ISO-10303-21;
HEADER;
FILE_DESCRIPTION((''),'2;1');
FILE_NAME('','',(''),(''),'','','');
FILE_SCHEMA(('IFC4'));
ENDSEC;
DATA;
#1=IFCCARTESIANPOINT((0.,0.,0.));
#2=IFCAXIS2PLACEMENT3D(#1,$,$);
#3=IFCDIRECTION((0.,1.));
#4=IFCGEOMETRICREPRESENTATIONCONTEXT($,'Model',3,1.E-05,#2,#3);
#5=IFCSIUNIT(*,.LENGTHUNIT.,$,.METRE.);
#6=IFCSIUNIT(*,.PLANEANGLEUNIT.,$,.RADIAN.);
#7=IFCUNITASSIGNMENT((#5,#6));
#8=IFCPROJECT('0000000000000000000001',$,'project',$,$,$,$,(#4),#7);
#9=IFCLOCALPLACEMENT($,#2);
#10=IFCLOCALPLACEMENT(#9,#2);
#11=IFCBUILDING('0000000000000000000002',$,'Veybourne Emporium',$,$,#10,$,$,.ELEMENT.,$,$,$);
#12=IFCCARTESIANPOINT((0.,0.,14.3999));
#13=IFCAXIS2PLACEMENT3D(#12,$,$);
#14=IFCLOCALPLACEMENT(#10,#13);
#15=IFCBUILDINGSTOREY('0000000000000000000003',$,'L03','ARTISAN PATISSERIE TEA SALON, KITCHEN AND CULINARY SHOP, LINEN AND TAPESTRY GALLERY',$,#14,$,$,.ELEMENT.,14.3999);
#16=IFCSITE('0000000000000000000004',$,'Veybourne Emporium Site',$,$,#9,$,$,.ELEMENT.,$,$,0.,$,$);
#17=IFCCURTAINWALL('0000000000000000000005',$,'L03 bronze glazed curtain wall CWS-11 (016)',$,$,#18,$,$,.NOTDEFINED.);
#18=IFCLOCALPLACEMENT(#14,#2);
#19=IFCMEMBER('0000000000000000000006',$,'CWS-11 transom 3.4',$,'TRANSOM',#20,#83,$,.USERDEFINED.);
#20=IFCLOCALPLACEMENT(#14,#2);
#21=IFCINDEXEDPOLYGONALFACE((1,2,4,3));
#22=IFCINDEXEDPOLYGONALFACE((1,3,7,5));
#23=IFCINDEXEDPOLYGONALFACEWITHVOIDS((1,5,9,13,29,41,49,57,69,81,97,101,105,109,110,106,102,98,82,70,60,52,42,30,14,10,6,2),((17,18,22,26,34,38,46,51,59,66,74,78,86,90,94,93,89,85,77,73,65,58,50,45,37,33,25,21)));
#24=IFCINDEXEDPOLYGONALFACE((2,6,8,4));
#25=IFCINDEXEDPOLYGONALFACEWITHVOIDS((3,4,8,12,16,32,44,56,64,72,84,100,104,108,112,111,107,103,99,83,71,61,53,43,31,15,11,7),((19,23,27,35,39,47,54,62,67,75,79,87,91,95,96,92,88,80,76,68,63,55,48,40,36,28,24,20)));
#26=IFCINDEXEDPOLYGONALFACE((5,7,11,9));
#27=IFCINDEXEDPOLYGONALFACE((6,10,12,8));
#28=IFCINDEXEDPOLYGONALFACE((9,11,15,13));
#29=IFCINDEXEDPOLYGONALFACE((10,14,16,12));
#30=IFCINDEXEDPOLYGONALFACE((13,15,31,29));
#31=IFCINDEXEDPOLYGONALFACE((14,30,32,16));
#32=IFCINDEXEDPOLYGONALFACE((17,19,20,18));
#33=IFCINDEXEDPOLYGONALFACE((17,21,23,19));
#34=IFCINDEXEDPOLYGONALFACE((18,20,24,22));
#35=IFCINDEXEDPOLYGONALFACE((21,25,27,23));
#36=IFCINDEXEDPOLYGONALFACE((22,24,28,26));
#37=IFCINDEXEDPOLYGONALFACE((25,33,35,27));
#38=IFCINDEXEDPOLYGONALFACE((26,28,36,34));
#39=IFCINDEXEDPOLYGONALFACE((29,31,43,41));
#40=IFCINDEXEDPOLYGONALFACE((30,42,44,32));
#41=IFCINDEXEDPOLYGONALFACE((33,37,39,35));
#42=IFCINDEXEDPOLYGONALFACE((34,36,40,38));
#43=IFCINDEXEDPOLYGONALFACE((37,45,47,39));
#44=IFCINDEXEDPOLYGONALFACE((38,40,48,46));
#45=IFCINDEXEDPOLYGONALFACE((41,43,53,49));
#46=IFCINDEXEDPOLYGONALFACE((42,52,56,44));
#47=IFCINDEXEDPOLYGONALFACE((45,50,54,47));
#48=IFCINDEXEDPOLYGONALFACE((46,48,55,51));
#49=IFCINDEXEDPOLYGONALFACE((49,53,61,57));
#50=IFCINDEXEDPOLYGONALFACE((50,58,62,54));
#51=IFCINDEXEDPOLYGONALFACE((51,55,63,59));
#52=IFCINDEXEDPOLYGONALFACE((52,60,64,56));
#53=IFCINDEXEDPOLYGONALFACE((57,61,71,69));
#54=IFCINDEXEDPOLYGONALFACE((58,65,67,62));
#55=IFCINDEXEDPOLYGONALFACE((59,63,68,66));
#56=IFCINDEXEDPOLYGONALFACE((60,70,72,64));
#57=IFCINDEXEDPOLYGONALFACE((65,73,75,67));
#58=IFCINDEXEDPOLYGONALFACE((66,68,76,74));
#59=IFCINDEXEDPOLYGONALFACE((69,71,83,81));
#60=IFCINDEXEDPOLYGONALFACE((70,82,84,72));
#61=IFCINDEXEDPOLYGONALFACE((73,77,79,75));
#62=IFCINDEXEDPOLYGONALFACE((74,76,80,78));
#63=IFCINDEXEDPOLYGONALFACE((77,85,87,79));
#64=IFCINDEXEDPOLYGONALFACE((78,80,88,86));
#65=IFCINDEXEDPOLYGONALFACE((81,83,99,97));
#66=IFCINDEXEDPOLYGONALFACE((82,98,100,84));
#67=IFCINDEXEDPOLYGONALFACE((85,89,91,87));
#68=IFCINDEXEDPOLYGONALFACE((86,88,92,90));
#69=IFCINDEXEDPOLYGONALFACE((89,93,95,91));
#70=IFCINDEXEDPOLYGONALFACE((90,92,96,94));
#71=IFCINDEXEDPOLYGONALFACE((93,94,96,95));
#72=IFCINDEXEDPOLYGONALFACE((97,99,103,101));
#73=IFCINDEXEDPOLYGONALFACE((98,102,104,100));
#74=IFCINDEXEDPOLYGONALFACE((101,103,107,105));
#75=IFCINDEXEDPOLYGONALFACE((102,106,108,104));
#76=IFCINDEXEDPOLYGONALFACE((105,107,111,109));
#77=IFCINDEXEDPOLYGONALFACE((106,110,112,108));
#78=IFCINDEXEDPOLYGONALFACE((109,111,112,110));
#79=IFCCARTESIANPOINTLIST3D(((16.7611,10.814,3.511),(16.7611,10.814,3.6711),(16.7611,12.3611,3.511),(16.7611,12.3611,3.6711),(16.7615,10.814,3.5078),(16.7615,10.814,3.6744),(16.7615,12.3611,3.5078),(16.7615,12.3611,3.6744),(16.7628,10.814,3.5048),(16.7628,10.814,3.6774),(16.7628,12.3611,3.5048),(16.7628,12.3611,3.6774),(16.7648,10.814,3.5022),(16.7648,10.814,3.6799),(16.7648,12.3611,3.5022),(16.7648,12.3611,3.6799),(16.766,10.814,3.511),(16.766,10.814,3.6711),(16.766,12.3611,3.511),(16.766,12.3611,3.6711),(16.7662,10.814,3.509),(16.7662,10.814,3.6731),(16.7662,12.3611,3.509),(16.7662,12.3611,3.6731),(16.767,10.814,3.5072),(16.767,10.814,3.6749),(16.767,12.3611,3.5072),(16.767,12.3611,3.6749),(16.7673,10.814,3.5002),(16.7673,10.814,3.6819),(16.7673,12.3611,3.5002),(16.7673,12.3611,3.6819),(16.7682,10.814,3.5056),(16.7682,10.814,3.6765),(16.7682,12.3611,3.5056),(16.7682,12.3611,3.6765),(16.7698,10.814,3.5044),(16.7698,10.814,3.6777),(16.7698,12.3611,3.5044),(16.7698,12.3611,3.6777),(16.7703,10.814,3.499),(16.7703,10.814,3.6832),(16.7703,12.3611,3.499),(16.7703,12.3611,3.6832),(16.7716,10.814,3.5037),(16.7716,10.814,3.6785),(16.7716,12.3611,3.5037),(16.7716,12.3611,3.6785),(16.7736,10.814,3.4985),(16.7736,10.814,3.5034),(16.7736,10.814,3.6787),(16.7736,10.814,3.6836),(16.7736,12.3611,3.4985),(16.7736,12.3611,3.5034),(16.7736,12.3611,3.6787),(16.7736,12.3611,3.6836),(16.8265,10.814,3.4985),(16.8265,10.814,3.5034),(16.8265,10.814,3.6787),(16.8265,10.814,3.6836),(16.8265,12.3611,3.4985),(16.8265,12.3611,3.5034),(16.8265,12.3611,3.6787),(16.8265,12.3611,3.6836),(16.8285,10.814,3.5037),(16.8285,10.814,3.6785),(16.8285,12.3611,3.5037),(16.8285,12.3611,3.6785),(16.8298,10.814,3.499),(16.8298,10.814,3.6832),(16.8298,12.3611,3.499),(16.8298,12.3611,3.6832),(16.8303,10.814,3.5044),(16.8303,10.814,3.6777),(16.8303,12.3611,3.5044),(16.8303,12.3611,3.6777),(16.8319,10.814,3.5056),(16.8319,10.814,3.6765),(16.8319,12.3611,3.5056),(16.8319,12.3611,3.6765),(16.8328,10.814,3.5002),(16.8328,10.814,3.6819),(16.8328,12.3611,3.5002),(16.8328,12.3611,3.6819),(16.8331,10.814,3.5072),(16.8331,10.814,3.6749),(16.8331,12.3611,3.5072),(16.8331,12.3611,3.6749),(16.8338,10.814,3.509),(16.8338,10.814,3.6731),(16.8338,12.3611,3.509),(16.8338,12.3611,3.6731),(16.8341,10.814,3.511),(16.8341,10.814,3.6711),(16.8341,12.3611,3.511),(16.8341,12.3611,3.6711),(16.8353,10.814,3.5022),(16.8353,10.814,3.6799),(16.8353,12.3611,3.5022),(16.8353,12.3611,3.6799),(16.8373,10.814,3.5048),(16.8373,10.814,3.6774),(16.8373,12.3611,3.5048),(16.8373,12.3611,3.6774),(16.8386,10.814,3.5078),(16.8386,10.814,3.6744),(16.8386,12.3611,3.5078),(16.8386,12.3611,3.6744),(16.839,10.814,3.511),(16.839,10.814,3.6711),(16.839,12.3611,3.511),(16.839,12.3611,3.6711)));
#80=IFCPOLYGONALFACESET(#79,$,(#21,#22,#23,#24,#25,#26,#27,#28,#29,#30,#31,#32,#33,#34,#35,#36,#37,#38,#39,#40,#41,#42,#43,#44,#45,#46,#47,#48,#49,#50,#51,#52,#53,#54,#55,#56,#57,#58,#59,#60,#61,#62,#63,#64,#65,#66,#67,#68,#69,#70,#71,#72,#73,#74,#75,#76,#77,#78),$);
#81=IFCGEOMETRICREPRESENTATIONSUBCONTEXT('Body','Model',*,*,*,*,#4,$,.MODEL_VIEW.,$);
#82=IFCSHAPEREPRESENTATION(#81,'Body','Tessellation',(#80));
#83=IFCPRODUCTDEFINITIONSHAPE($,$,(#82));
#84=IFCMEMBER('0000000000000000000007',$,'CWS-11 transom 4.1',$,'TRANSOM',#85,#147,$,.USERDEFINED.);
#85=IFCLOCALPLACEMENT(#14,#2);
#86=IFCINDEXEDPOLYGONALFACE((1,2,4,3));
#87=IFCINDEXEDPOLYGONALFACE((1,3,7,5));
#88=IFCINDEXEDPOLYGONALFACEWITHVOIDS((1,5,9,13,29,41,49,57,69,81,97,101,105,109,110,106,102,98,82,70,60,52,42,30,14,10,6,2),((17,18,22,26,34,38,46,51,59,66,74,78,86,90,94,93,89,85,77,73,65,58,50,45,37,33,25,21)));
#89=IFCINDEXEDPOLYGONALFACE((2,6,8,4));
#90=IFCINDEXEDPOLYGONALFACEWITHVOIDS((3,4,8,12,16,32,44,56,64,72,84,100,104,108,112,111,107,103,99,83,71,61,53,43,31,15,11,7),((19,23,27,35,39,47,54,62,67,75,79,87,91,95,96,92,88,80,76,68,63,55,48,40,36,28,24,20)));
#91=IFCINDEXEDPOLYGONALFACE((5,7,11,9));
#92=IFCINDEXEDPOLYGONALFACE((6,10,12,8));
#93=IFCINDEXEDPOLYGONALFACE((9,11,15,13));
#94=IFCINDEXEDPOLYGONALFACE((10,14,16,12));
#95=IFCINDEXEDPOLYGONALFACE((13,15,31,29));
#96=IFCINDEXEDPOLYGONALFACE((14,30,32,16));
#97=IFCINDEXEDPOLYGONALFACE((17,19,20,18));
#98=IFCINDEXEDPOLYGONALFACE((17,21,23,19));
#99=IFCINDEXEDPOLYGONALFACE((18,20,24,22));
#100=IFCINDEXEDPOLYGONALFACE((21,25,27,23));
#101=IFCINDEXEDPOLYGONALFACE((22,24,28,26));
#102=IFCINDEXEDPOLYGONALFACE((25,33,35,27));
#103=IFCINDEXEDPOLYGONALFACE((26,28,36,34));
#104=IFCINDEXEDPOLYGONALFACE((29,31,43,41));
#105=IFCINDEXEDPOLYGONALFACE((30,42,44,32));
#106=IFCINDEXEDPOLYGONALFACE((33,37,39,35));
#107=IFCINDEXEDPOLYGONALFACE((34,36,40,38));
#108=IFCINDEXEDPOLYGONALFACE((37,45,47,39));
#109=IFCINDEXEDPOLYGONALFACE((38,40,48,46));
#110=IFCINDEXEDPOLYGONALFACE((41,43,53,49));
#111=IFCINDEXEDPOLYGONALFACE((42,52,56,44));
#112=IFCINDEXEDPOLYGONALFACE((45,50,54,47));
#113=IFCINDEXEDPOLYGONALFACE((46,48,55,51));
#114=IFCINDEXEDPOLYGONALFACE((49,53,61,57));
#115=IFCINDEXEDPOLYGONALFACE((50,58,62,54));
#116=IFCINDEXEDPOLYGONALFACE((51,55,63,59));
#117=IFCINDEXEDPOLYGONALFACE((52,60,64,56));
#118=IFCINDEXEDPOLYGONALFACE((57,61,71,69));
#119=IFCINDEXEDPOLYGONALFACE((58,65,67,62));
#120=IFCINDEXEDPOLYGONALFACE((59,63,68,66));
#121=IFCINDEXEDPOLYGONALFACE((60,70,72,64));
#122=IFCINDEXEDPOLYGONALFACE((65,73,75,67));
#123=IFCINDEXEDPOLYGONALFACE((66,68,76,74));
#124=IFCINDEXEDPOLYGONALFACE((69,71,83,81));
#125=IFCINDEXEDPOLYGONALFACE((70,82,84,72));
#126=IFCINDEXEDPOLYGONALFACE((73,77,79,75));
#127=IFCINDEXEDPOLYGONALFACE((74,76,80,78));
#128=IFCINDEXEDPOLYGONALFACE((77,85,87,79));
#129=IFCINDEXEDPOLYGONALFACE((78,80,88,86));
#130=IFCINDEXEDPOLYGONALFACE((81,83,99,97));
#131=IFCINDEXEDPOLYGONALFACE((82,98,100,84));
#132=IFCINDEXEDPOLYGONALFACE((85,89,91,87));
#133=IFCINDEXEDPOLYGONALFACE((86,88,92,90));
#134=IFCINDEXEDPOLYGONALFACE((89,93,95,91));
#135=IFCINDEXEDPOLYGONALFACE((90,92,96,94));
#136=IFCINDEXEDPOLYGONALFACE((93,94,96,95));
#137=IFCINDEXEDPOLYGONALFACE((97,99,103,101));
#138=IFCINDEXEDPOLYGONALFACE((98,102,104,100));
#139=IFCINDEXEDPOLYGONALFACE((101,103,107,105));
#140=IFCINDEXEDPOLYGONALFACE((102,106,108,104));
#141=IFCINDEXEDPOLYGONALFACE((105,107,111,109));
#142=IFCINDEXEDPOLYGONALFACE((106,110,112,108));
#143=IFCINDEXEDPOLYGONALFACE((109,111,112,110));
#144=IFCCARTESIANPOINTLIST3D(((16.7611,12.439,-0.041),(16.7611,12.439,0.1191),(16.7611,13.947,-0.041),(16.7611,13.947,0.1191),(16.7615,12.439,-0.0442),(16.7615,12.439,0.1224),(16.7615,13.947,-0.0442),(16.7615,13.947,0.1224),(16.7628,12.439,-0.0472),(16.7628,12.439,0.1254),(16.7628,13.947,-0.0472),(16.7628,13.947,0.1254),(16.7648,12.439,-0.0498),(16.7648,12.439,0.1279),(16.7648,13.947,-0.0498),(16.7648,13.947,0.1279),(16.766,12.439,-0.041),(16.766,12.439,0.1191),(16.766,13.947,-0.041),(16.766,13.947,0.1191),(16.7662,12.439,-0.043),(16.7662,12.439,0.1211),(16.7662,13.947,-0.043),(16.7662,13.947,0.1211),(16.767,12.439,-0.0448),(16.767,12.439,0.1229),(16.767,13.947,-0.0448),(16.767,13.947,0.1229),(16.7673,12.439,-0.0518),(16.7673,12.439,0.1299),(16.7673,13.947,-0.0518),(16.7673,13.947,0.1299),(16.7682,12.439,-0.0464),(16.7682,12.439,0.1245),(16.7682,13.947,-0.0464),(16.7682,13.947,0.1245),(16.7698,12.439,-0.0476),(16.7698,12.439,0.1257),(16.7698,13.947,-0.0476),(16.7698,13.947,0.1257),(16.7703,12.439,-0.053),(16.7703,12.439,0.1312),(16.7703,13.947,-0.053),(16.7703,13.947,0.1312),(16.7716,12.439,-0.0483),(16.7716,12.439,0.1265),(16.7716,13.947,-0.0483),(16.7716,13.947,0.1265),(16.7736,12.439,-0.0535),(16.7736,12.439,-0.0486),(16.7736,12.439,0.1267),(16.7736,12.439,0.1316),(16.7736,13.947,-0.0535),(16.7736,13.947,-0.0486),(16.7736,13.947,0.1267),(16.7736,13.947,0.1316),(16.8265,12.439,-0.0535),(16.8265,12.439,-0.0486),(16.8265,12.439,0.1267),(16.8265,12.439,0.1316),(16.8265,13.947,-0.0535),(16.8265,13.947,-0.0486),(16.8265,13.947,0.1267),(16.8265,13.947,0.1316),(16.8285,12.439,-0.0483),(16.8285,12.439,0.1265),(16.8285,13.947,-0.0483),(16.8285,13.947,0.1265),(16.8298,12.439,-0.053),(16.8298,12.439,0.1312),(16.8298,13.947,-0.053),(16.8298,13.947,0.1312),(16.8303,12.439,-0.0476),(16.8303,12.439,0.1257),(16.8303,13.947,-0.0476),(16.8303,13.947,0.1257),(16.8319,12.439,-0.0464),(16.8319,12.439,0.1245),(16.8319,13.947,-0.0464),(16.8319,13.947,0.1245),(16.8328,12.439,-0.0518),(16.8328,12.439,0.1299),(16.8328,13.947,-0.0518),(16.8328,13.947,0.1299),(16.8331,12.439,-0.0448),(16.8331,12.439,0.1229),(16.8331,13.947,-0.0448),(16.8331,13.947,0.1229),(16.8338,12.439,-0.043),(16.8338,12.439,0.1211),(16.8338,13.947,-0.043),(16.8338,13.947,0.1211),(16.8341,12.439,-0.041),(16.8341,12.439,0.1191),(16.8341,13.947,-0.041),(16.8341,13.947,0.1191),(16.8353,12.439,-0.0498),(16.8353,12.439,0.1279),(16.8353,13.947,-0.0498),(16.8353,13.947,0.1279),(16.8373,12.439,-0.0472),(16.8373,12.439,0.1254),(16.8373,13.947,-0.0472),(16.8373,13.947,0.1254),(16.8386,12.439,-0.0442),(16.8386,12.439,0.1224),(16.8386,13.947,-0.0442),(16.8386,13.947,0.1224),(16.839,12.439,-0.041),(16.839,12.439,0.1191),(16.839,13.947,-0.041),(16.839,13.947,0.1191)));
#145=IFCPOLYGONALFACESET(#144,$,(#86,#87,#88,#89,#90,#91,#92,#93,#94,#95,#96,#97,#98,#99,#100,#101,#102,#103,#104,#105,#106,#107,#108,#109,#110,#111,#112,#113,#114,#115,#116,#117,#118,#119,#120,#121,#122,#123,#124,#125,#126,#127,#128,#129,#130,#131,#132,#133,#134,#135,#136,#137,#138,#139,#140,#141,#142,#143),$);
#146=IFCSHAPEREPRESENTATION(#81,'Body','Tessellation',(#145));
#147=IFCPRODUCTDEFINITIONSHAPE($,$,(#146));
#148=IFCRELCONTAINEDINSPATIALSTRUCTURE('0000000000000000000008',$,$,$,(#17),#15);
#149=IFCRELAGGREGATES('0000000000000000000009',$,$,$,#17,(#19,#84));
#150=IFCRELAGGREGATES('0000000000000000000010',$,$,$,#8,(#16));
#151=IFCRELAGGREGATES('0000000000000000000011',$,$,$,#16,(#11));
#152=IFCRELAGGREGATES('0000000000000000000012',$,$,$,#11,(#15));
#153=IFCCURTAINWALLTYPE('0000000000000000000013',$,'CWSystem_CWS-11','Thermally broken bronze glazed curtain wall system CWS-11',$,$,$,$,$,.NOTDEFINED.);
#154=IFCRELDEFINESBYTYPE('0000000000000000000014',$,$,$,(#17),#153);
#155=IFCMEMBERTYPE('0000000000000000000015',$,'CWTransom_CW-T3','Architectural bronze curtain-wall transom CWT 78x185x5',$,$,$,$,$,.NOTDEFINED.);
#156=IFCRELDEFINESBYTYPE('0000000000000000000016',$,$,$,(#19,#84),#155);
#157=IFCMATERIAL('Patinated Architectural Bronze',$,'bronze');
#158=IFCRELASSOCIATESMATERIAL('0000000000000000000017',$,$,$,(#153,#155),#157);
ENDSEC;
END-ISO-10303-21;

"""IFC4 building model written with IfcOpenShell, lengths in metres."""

from ifc_helpers import new_model, si_unit, direction, frame, origin, origin_2d, place, context, subcontext, project, spatial, hollow_rectangle, extrude, material, material_profile, profile_set, type_object, element, aggregate, save


model = new_model("IFC4")

# Units and contexts
model_context = context("Model", 3, precision=1e-05, world=origin(), true_north=direction((0.0, 1.0)))
body_context = subcontext(model_context, "Body", "Model", "MODEL_VIEW")
ifc_project = project(units=[si_unit("LENGTHUNIT", "METRE"), si_unit("PLANEANGLEUNIT", "RADIAN")], contexts=[model_context])

# Site, building, storey
site_placement = place(None, origin())
site = spatial("IfcSite", under=ifc_project, at=site_placement, Name="Veybourne Emporium Site", CompositionType="ELEMENT", RefElevation=0.0)
building_placement = place(site_placement, origin())
building = spatial("IfcBuilding", under=site, at=building_placement, Name="Veybourne Emporium", CompositionType="ELEMENT")
storey_placement = place(building_placement, frame((0.0, 0.0, 14.3999)))
storey = spatial("IfcBuildingStorey", under=building, at=storey_placement, Name="L03", Description="ARTISAN PATISSERIE TEA SALON, KITCHEN AND CULINARY SHOP, LINEN AND TAPESTRY GALLERY", CompositionType="ELEMENT", Elevation=14.3999)

# Curtain wall, members
ifc_material_1 = material(Name="Patinated Architectural Bronze", Category="bronze")
curtain_wall_type = type_object("IfcCurtainWallType", Name="CWSystem_CWS-11", Description="Thermally broken bronze glazed curtain wall system CWS-11", PredefinedType="NOTDEFINED", material=ifc_material_1)
curtain_wall_placement = place(storey_placement, origin())
curtain_wall = element("IfcCurtainWall", 1, at=curtain_wall_placement, inside=storey, type_object=curtain_wall_type, Name="L03 bronze glazed curtain wall CWS-11 (016)", PredefinedType="NOTDEFINED")
ifc_material_profile_1 = material_profile(ifc_material_1, hollow_rectangle(XDim=0.0779, YDim=0.1851, WallThickness=0.0049, InnerFilletRadius=0.0076, OuterFilletRadius=0.0125, at=origin_2d()), Name="CWT 78x185x5")
ifc_profile_set_1 = profile_set([ifc_material_profile_1], Name="Patinated Architectural Bronze")
member_type_1 = type_object("IfcMemberType", Name="CWTransom_CW-T3", Description="Architectural bronze curtain-wall transom CWT 78x185x5", PredefinedType="NOTDEFINED", material=ifc_profile_set_1)
member_1_placement = place(storey_placement, frame((16.8, 10.814, 3.5911), z_axis=(0.0, 1.0, 0.0), x_axis=(-1.0, 0.0, 0.0)))
member_1 = element("IfcMember", 2, at=member_1_placement, type_object=member_type_1, Name="CWS-11 transom 3.4", ObjectType="TRANSOM", PredefinedType="USERDEFINED", context=body_context, shape_type="SweptSolid", body=[
    extrude(hollow_rectangle(XDim=0.0779, YDim=0.1851, WallThickness=0.0049, InnerFilletRadius=0.0076, OuterFilletRadius=0.0125, at=origin_2d()), origin(), (0.0, 0.0, 1.0), 1.5471),
])
member_2_placement = place(storey_placement, frame((16.8, 12.439, 0.0391), z_axis=(0.0, 1.0, 0.0), x_axis=(-1.0, 0.0, 0.0)))
member_2 = element("IfcMember", 3, at=member_2_placement, type_object=member_type_1, Name="CWS-11 transom 4.1", ObjectType="TRANSOM", PredefinedType="USERDEFINED", context=body_context, shape_type="SweptSolid", body=[
    extrude(hollow_rectangle(XDim=0.0779, YDim=0.1851, WallThickness=0.0049, InnerFilletRadius=0.0076, OuterFilletRadius=0.0125, at=origin_2d()), origin(), (0.0, 0.0, 1.0), 1.5081),
])
aggregate(curtain_wall, [member_1, member_2])

save(model, "model.ifc")
